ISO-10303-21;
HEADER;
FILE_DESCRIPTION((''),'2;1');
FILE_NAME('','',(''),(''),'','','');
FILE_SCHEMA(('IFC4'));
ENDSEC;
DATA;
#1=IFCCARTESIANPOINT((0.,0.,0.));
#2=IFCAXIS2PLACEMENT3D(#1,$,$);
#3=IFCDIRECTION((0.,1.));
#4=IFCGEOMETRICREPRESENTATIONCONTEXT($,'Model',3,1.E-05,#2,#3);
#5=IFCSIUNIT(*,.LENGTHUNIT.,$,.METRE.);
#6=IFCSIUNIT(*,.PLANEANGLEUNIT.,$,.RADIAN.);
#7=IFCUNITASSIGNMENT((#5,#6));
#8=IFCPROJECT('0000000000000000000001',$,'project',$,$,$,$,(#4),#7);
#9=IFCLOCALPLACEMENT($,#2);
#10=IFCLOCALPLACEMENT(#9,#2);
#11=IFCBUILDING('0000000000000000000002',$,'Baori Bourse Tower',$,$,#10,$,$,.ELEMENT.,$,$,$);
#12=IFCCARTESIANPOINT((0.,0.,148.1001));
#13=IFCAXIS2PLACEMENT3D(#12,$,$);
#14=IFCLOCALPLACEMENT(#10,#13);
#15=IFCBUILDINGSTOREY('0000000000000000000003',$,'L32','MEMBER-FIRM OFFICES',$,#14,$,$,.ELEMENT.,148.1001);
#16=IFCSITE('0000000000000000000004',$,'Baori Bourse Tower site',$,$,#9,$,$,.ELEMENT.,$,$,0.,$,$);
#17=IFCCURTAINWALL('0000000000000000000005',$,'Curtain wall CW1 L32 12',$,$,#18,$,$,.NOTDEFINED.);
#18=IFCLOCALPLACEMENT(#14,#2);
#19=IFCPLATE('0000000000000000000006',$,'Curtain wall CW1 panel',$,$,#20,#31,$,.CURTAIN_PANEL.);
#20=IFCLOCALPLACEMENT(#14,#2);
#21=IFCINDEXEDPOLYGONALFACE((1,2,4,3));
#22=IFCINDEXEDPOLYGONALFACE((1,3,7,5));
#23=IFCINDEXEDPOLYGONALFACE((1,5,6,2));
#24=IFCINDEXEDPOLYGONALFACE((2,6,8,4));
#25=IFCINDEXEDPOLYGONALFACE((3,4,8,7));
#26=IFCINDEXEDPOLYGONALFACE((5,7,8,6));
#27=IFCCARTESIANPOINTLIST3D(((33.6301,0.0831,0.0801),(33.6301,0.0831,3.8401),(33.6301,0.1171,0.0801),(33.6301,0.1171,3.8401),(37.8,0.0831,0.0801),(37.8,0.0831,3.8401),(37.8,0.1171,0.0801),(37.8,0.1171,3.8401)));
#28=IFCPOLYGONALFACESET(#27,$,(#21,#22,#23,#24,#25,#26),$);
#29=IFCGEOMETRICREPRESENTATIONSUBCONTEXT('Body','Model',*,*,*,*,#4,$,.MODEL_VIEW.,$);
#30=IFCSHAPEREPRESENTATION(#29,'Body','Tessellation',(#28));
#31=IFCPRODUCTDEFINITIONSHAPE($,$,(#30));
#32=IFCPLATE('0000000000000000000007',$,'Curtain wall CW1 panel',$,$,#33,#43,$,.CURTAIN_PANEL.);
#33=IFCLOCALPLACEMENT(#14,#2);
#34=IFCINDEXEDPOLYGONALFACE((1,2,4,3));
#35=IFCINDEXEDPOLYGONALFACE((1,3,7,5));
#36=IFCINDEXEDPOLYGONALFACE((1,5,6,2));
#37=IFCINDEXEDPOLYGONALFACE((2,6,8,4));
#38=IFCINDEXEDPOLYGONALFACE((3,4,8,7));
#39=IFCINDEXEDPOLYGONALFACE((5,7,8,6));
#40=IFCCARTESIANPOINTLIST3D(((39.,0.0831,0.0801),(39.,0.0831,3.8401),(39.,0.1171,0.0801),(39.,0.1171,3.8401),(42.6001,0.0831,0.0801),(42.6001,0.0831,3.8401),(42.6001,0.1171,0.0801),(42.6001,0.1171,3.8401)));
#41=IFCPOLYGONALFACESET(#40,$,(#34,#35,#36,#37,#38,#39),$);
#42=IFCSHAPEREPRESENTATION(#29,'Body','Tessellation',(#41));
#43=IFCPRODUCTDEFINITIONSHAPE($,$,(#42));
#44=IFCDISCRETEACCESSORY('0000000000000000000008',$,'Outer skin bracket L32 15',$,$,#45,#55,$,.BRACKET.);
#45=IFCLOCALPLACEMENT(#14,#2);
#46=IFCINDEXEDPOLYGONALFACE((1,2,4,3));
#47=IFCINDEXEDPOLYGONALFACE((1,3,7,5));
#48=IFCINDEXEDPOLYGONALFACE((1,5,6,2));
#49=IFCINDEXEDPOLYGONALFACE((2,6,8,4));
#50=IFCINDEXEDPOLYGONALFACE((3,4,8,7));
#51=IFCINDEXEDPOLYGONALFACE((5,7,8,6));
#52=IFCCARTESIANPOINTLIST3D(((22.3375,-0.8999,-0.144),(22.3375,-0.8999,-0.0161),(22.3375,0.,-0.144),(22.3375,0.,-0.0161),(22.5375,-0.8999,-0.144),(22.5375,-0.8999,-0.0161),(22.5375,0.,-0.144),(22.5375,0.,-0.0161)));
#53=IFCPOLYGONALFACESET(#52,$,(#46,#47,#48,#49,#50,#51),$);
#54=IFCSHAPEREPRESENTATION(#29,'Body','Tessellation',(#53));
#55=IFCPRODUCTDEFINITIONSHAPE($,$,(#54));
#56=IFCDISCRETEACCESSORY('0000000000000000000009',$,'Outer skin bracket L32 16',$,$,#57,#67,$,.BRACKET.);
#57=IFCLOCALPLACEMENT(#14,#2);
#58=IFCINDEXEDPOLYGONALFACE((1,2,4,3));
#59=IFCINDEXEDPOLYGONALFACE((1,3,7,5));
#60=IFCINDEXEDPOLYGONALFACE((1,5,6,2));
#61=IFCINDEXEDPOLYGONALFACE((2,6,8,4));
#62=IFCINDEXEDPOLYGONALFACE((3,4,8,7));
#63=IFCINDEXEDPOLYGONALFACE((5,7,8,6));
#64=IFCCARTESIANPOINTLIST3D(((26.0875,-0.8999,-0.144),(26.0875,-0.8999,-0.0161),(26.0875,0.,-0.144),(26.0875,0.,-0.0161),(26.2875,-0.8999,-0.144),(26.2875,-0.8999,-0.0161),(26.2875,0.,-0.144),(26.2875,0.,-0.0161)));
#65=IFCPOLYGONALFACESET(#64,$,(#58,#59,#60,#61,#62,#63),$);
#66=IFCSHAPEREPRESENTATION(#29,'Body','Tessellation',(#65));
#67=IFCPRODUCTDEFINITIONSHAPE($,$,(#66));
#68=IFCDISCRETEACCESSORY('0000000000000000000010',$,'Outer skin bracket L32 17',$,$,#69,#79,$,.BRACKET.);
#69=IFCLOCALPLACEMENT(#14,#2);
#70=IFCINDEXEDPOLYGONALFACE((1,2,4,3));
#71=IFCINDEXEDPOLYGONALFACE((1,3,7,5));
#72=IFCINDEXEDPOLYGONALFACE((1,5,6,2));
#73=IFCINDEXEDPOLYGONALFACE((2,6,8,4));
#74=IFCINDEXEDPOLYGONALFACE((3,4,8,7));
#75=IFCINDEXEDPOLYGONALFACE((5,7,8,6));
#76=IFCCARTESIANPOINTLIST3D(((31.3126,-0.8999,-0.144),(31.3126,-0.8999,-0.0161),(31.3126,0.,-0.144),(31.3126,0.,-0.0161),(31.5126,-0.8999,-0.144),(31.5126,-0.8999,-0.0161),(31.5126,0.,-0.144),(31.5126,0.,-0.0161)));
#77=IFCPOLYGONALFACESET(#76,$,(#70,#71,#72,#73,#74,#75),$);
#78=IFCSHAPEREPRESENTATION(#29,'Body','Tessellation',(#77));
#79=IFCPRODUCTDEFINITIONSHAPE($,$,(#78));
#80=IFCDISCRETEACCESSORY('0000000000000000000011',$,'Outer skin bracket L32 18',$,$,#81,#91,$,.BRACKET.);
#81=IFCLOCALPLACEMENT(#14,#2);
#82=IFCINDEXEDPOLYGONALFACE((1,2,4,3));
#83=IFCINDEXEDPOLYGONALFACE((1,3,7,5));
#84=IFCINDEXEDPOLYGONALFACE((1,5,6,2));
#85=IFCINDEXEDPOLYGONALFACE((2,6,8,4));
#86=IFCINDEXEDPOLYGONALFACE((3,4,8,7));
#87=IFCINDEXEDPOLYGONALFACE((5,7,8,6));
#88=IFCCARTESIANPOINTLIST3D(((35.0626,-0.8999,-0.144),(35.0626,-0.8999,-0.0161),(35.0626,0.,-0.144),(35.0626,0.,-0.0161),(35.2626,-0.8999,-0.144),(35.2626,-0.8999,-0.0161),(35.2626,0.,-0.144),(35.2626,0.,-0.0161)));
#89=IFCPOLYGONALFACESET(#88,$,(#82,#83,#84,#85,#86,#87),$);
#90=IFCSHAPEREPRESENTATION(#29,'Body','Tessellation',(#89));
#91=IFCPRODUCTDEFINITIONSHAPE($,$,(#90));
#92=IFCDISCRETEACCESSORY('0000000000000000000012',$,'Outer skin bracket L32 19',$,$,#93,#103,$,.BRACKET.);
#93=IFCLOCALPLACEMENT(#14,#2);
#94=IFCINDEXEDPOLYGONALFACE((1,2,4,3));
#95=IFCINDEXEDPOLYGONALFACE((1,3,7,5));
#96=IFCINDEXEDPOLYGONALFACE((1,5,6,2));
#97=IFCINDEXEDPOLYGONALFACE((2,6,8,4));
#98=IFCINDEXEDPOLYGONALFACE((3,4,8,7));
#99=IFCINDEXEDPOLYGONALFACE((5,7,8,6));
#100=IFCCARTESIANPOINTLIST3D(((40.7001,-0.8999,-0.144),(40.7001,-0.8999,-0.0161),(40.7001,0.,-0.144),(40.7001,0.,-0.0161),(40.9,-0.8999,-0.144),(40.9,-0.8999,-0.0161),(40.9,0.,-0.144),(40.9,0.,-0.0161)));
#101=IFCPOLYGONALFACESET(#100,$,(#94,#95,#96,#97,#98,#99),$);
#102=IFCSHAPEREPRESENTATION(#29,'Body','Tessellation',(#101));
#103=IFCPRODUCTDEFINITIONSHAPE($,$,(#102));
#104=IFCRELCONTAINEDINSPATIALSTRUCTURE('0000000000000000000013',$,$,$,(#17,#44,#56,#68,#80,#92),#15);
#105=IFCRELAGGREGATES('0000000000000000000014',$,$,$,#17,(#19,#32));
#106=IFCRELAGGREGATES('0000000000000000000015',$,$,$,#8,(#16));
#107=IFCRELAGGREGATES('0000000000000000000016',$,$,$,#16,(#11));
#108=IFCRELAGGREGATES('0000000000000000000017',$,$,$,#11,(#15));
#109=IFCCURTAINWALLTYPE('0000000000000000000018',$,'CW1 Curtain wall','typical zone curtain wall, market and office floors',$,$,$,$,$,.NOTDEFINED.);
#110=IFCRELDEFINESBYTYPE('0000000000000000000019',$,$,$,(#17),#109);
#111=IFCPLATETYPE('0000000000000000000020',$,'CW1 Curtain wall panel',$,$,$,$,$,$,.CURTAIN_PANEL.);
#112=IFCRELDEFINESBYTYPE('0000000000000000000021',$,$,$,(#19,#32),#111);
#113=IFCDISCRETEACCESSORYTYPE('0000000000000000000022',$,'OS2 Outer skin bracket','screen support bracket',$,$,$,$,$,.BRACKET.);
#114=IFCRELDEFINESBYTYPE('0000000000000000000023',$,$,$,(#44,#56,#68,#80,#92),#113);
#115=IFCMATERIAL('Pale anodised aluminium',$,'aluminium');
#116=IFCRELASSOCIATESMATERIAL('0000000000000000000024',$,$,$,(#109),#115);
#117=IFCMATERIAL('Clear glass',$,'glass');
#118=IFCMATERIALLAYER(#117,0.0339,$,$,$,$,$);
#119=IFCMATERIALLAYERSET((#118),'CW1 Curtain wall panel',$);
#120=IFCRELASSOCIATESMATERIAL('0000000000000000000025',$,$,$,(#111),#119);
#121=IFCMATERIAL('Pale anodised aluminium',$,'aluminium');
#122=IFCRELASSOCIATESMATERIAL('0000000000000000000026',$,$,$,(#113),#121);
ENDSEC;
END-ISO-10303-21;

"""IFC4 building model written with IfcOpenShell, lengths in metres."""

from ifc_helpers import new_model, si_unit, direction, frame, origin, origin_2d, place, context, subcontext, project, spatial, rectangle, extrude, material, layer, layer_set, type_object, element, aggregate, save


model = new_model("IFC4")

# Units and contexts
model_context = context("Model", 3, precision=1e-05, world=origin(), true_north=direction((0.0, 1.0)))
body_context = subcontext(model_context, "Body", "Model", "MODEL_VIEW")
ifc_project = project(units=[si_unit("LENGTHUNIT", "METRE"), si_unit("PLANEANGLEUNIT", "RADIAN")], contexts=[model_context])

# Site, building, storey
site_placement = place(None, origin())
site = spatial("IfcSite", under=ifc_project, at=site_placement, Name="Baori Bourse Tower site", CompositionType="ELEMENT", RefElevation=0.0)
building_placement = place(site_placement, origin())
building = spatial("IfcBuilding", under=site, at=building_placement, Name="Baori Bourse Tower", CompositionType="ELEMENT")
storey_placement = place(building_placement, frame((0.0, 0.0, 148.1001)))
storey = spatial("IfcBuildingStorey", under=building, at=storey_placement, Name="L32", Description="MEMBER-FIRM OFFICES", CompositionType="ELEMENT", Elevation=148.1001)

# Curtain wall
ifc_material_1 = material(Name="Pale anodised aluminium", Category="aluminium")
curtain_wall_type = type_object("IfcCurtainWallType", Name="CW1 Curtain wall", Description="typical zone curtain wall, market and office floors", PredefinedType="NOTDEFINED", material=ifc_material_1)
curtain_wall_placement = place(storey_placement, origin())
curtain_wall = element("IfcCurtainWall", 1, at=curtain_wall_placement, inside=storey, type_object=curtain_wall_type, Name="Curtain wall CW1 L32 12", PredefinedType="NOTDEFINED")

# Plates
ifc_material_2 = material(Name="Clear glass", Category="glass")
ifc_layer = layer(ifc_material_2, 0.0339)
ifc_layer_set = layer_set([ifc_layer], Name="CW1 Curtain wall panel")
plate_type = type_object("IfcPlateType", Name="CW1 Curtain wall panel", PredefinedType="CURTAIN_PANEL", material=ifc_layer_set)
plate_1_placement = place(storey_placement, frame((35.7151, 0.1001, 0.0801), z_axis=(0.0, 0.0, 1.0), x_axis=(1.0, 0.0, 0.0)))
plate_1 = element("IfcPlate", 2, at=plate_1_placement, type_object=plate_type, Name="Curtain wall CW1 panel", PredefinedType="CURTAIN_PANEL", context=body_context, shape_type="SweptSolid", body=[
    extrude(rectangle(XDim=4.1699, YDim=0.0339, at=origin_2d()), origin(), (0.0, 0.0, 1.0), 3.76),
])
plate_2_placement = place(storey_placement, frame((40.8, 0.1001, 0.0801), z_axis=(0.0, 0.0, 1.0), x_axis=(1.0, 0.0, 0.0)))
plate_2 = element("IfcPlate", 3, at=plate_2_placement, type_object=plate_type, Name="Curtain wall CW1 panel", PredefinedType="CURTAIN_PANEL", context=body_context, shape_type="SweptSolid", body=[
    extrude(rectangle(XDim=3.6001, YDim=0.0339, at=origin_2d()), origin(), (0.0, 0.0, 1.0), 3.76),
])
aggregate(curtain_wall, [plate_1, plate_2])

# Discrete accessories
ifc_material_3 = material(Name="Pale anodised aluminium", Category="aluminium")
discrete_accessory_type = type_object("IfcDiscreteAccessoryType", Name="OS2 Outer skin bracket", Description="screen support bracket", PredefinedType="BRACKET", material=ifc_material_3)
for number, where, z_axis, x_axis, name in (
    (4, (22.4375, -0.45, -0.144), (0.0, 0.0, 1.0), (1.0, 0.0, 0.0), "Outer skin bracket L32 15"),
    (5, (26.1875, -0.45, -0.144), (0.0, 0.0, 1.0), (1.0, 0.0, 0.0), "Outer skin bracket L32 16"),
    (6, (31.4126, -0.45, -0.144), (0.0, 0.0, 1.0), (1.0, 0.0, 0.0), "Outer skin bracket L32 17"),
    (7, (35.1626, -0.45, -0.144), (0.0, 0.0, 1.0), (1.0, 0.0, 0.0), "Outer skin bracket L32 18"),
    (8, (40.8, -0.45, -0.144), (0.0, 0.0, 1.0), (1.0, 0.0, 0.0), "Outer skin bracket L32 19"),
):
    element("IfcDiscreteAccessory", number, at=place(storey_placement, frame(where, z_axis=z_axis, x_axis=x_axis)), inside=storey, type_object=discrete_accessory_type, Name=name, PredefinedType="BRACKET", context=body_context, shape_type="SweptSolid", body=[
        extrude(rectangle(XDim=0.2, YDim=0.8999, at=origin_2d()), origin(), (0.0, 0.0, 1.0), 0.1279),
    ])

save(model, "model.ifc")
